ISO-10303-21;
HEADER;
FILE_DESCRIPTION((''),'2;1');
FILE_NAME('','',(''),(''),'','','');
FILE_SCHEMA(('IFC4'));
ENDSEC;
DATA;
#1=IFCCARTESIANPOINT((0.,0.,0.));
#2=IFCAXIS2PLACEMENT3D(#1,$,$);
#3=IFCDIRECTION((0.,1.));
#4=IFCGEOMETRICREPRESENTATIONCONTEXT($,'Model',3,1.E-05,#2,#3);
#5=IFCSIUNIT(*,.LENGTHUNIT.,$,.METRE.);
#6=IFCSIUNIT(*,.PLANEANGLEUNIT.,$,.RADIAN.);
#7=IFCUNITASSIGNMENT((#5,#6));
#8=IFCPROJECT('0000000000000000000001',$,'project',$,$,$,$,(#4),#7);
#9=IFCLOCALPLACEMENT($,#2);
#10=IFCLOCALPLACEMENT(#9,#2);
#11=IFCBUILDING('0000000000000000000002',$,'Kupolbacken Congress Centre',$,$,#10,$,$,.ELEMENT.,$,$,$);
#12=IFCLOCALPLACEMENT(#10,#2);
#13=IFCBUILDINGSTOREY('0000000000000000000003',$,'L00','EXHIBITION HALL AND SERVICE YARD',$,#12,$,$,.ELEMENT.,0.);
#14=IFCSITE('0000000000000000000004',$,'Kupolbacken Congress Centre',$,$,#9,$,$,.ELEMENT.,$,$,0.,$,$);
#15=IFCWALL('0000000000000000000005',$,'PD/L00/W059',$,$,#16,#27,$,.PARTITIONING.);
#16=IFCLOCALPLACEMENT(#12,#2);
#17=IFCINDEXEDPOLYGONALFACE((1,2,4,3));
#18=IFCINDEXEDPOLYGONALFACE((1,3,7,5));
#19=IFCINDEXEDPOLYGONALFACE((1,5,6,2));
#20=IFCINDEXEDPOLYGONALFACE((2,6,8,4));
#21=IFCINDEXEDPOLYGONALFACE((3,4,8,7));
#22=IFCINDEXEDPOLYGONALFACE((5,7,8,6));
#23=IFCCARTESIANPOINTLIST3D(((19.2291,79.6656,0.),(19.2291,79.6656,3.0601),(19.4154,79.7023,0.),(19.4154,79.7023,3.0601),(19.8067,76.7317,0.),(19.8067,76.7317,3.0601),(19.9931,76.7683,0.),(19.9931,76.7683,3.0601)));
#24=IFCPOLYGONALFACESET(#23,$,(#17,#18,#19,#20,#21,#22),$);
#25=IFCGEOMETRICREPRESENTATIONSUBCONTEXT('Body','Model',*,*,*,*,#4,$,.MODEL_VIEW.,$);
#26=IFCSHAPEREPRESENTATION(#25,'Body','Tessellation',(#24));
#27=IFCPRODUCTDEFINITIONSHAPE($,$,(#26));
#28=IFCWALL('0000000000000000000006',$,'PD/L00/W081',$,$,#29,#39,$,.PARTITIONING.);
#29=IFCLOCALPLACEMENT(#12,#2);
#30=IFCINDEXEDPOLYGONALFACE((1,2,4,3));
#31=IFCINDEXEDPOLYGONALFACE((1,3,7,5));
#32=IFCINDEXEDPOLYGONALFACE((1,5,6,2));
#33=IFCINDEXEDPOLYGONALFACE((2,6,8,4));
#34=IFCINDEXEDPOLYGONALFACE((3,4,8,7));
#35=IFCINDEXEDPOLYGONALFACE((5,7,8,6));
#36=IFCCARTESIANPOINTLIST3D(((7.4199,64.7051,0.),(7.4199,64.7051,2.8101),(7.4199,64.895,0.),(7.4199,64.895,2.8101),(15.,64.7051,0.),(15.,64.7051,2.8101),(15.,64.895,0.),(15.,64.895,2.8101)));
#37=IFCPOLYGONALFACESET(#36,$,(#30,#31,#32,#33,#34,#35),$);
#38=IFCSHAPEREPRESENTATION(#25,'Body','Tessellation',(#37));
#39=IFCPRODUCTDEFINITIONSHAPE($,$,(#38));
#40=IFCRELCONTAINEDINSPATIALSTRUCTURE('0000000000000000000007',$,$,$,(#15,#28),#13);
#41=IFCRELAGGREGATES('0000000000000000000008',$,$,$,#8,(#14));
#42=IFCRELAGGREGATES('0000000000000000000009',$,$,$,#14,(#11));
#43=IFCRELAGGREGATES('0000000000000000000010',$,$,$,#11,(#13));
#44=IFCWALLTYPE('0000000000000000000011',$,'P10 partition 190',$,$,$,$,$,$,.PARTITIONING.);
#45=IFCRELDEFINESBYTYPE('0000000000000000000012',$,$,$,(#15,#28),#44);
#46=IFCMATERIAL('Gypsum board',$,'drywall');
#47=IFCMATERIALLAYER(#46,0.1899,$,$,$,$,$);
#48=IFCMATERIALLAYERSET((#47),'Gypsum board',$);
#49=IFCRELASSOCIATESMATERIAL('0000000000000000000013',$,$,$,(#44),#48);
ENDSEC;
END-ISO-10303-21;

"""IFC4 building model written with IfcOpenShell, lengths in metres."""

from ifc_helpers import new_model, si_unit, direction, frame, frame_2d, origin, place, context, subcontext, project, spatial, rectangle, extrude, material, layer, layer_set, type_object, element, save


model = new_model("IFC4")

# Units and contexts
model_context = context("Model", 3, precision=1e-05, world=origin(), true_north=direction((0.0, 1.0)))
body_context = subcontext(model_context, "Body", "Model", "MODEL_VIEW")
ifc_project = project(units=[si_unit("LENGTHUNIT", "METRE"), si_unit("PLANEANGLEUNIT", "RADIAN")], contexts=[model_context])

# Site, building, storey
site_placement = place(None, origin())
site = spatial("IfcSite", under=ifc_project, at=site_placement, Name="Kupolbacken Congress Centre", CompositionType="ELEMENT", RefElevation=0.0)
building_placement = place(site_placement, origin())
building = spatial("IfcBuilding", under=site, at=building_placement, Name="Kupolbacken Congress Centre", CompositionType="ELEMENT")
storey_placement = place(building_placement, origin())
storey = spatial("IfcBuildingStorey", under=building, at=storey_placement, Name="L00", Description="EXHIBITION HALL AND SERVICE YARD", CompositionType="ELEMENT", Elevation=0.0)

# Walls
ifc_material_1 = material(Name="Gypsum board", Category="drywall")
ifc_layer_1 = layer(ifc_material_1, 0.1899)
ifc_layer_set_1 = layer_set([ifc_layer_1], Name="Gypsum board")
wall_type_1 = type_object("IfcWallType", Name="P10 partition 190", PredefinedType="PARTITIONING", material=ifc_layer_set_1)
wall_1_placement = place(storey_placement, frame((19.8999, 76.75, 0.0), z_axis=(0.0, 0.0, 1.0), x_axis=(-0.193179, 0.981164, 0.0)))
element("IfcWall", 1, at=wall_1_placement, inside=storey, type_object=wall_type_1, Name="PD/L00/W059", PredefinedType="PARTITIONING", context=body_context, shape_type="SweptSolid", body=[
    extrude(rectangle(XDim=2.9902, YDim=0.1899, at=frame_2d((1.4951, 0.0))), origin(), (0.0, 0.0, 1.0), 3.0601),
])
wall_2_placement = place(storey_placement, frame((15.0, 64.8, 0.0), z_axis=(0.0, 0.0, 1.0), x_axis=(-1.0, 0.0, 0.0)))
element("IfcWall", 2, at=wall_2_placement, inside=storey, type_object=wall_type_1, Name="PD/L00/W081", PredefinedType="PARTITIONING", context=body_context, shape_type="SweptSolid", body=[
    extrude(rectangle(XDim=7.5801, YDim=0.1899, at=frame_2d((3.79, 0.0))), origin(), (0.0, 0.0, 1.0), 2.8101),
])

save(model, "model.ifc")
